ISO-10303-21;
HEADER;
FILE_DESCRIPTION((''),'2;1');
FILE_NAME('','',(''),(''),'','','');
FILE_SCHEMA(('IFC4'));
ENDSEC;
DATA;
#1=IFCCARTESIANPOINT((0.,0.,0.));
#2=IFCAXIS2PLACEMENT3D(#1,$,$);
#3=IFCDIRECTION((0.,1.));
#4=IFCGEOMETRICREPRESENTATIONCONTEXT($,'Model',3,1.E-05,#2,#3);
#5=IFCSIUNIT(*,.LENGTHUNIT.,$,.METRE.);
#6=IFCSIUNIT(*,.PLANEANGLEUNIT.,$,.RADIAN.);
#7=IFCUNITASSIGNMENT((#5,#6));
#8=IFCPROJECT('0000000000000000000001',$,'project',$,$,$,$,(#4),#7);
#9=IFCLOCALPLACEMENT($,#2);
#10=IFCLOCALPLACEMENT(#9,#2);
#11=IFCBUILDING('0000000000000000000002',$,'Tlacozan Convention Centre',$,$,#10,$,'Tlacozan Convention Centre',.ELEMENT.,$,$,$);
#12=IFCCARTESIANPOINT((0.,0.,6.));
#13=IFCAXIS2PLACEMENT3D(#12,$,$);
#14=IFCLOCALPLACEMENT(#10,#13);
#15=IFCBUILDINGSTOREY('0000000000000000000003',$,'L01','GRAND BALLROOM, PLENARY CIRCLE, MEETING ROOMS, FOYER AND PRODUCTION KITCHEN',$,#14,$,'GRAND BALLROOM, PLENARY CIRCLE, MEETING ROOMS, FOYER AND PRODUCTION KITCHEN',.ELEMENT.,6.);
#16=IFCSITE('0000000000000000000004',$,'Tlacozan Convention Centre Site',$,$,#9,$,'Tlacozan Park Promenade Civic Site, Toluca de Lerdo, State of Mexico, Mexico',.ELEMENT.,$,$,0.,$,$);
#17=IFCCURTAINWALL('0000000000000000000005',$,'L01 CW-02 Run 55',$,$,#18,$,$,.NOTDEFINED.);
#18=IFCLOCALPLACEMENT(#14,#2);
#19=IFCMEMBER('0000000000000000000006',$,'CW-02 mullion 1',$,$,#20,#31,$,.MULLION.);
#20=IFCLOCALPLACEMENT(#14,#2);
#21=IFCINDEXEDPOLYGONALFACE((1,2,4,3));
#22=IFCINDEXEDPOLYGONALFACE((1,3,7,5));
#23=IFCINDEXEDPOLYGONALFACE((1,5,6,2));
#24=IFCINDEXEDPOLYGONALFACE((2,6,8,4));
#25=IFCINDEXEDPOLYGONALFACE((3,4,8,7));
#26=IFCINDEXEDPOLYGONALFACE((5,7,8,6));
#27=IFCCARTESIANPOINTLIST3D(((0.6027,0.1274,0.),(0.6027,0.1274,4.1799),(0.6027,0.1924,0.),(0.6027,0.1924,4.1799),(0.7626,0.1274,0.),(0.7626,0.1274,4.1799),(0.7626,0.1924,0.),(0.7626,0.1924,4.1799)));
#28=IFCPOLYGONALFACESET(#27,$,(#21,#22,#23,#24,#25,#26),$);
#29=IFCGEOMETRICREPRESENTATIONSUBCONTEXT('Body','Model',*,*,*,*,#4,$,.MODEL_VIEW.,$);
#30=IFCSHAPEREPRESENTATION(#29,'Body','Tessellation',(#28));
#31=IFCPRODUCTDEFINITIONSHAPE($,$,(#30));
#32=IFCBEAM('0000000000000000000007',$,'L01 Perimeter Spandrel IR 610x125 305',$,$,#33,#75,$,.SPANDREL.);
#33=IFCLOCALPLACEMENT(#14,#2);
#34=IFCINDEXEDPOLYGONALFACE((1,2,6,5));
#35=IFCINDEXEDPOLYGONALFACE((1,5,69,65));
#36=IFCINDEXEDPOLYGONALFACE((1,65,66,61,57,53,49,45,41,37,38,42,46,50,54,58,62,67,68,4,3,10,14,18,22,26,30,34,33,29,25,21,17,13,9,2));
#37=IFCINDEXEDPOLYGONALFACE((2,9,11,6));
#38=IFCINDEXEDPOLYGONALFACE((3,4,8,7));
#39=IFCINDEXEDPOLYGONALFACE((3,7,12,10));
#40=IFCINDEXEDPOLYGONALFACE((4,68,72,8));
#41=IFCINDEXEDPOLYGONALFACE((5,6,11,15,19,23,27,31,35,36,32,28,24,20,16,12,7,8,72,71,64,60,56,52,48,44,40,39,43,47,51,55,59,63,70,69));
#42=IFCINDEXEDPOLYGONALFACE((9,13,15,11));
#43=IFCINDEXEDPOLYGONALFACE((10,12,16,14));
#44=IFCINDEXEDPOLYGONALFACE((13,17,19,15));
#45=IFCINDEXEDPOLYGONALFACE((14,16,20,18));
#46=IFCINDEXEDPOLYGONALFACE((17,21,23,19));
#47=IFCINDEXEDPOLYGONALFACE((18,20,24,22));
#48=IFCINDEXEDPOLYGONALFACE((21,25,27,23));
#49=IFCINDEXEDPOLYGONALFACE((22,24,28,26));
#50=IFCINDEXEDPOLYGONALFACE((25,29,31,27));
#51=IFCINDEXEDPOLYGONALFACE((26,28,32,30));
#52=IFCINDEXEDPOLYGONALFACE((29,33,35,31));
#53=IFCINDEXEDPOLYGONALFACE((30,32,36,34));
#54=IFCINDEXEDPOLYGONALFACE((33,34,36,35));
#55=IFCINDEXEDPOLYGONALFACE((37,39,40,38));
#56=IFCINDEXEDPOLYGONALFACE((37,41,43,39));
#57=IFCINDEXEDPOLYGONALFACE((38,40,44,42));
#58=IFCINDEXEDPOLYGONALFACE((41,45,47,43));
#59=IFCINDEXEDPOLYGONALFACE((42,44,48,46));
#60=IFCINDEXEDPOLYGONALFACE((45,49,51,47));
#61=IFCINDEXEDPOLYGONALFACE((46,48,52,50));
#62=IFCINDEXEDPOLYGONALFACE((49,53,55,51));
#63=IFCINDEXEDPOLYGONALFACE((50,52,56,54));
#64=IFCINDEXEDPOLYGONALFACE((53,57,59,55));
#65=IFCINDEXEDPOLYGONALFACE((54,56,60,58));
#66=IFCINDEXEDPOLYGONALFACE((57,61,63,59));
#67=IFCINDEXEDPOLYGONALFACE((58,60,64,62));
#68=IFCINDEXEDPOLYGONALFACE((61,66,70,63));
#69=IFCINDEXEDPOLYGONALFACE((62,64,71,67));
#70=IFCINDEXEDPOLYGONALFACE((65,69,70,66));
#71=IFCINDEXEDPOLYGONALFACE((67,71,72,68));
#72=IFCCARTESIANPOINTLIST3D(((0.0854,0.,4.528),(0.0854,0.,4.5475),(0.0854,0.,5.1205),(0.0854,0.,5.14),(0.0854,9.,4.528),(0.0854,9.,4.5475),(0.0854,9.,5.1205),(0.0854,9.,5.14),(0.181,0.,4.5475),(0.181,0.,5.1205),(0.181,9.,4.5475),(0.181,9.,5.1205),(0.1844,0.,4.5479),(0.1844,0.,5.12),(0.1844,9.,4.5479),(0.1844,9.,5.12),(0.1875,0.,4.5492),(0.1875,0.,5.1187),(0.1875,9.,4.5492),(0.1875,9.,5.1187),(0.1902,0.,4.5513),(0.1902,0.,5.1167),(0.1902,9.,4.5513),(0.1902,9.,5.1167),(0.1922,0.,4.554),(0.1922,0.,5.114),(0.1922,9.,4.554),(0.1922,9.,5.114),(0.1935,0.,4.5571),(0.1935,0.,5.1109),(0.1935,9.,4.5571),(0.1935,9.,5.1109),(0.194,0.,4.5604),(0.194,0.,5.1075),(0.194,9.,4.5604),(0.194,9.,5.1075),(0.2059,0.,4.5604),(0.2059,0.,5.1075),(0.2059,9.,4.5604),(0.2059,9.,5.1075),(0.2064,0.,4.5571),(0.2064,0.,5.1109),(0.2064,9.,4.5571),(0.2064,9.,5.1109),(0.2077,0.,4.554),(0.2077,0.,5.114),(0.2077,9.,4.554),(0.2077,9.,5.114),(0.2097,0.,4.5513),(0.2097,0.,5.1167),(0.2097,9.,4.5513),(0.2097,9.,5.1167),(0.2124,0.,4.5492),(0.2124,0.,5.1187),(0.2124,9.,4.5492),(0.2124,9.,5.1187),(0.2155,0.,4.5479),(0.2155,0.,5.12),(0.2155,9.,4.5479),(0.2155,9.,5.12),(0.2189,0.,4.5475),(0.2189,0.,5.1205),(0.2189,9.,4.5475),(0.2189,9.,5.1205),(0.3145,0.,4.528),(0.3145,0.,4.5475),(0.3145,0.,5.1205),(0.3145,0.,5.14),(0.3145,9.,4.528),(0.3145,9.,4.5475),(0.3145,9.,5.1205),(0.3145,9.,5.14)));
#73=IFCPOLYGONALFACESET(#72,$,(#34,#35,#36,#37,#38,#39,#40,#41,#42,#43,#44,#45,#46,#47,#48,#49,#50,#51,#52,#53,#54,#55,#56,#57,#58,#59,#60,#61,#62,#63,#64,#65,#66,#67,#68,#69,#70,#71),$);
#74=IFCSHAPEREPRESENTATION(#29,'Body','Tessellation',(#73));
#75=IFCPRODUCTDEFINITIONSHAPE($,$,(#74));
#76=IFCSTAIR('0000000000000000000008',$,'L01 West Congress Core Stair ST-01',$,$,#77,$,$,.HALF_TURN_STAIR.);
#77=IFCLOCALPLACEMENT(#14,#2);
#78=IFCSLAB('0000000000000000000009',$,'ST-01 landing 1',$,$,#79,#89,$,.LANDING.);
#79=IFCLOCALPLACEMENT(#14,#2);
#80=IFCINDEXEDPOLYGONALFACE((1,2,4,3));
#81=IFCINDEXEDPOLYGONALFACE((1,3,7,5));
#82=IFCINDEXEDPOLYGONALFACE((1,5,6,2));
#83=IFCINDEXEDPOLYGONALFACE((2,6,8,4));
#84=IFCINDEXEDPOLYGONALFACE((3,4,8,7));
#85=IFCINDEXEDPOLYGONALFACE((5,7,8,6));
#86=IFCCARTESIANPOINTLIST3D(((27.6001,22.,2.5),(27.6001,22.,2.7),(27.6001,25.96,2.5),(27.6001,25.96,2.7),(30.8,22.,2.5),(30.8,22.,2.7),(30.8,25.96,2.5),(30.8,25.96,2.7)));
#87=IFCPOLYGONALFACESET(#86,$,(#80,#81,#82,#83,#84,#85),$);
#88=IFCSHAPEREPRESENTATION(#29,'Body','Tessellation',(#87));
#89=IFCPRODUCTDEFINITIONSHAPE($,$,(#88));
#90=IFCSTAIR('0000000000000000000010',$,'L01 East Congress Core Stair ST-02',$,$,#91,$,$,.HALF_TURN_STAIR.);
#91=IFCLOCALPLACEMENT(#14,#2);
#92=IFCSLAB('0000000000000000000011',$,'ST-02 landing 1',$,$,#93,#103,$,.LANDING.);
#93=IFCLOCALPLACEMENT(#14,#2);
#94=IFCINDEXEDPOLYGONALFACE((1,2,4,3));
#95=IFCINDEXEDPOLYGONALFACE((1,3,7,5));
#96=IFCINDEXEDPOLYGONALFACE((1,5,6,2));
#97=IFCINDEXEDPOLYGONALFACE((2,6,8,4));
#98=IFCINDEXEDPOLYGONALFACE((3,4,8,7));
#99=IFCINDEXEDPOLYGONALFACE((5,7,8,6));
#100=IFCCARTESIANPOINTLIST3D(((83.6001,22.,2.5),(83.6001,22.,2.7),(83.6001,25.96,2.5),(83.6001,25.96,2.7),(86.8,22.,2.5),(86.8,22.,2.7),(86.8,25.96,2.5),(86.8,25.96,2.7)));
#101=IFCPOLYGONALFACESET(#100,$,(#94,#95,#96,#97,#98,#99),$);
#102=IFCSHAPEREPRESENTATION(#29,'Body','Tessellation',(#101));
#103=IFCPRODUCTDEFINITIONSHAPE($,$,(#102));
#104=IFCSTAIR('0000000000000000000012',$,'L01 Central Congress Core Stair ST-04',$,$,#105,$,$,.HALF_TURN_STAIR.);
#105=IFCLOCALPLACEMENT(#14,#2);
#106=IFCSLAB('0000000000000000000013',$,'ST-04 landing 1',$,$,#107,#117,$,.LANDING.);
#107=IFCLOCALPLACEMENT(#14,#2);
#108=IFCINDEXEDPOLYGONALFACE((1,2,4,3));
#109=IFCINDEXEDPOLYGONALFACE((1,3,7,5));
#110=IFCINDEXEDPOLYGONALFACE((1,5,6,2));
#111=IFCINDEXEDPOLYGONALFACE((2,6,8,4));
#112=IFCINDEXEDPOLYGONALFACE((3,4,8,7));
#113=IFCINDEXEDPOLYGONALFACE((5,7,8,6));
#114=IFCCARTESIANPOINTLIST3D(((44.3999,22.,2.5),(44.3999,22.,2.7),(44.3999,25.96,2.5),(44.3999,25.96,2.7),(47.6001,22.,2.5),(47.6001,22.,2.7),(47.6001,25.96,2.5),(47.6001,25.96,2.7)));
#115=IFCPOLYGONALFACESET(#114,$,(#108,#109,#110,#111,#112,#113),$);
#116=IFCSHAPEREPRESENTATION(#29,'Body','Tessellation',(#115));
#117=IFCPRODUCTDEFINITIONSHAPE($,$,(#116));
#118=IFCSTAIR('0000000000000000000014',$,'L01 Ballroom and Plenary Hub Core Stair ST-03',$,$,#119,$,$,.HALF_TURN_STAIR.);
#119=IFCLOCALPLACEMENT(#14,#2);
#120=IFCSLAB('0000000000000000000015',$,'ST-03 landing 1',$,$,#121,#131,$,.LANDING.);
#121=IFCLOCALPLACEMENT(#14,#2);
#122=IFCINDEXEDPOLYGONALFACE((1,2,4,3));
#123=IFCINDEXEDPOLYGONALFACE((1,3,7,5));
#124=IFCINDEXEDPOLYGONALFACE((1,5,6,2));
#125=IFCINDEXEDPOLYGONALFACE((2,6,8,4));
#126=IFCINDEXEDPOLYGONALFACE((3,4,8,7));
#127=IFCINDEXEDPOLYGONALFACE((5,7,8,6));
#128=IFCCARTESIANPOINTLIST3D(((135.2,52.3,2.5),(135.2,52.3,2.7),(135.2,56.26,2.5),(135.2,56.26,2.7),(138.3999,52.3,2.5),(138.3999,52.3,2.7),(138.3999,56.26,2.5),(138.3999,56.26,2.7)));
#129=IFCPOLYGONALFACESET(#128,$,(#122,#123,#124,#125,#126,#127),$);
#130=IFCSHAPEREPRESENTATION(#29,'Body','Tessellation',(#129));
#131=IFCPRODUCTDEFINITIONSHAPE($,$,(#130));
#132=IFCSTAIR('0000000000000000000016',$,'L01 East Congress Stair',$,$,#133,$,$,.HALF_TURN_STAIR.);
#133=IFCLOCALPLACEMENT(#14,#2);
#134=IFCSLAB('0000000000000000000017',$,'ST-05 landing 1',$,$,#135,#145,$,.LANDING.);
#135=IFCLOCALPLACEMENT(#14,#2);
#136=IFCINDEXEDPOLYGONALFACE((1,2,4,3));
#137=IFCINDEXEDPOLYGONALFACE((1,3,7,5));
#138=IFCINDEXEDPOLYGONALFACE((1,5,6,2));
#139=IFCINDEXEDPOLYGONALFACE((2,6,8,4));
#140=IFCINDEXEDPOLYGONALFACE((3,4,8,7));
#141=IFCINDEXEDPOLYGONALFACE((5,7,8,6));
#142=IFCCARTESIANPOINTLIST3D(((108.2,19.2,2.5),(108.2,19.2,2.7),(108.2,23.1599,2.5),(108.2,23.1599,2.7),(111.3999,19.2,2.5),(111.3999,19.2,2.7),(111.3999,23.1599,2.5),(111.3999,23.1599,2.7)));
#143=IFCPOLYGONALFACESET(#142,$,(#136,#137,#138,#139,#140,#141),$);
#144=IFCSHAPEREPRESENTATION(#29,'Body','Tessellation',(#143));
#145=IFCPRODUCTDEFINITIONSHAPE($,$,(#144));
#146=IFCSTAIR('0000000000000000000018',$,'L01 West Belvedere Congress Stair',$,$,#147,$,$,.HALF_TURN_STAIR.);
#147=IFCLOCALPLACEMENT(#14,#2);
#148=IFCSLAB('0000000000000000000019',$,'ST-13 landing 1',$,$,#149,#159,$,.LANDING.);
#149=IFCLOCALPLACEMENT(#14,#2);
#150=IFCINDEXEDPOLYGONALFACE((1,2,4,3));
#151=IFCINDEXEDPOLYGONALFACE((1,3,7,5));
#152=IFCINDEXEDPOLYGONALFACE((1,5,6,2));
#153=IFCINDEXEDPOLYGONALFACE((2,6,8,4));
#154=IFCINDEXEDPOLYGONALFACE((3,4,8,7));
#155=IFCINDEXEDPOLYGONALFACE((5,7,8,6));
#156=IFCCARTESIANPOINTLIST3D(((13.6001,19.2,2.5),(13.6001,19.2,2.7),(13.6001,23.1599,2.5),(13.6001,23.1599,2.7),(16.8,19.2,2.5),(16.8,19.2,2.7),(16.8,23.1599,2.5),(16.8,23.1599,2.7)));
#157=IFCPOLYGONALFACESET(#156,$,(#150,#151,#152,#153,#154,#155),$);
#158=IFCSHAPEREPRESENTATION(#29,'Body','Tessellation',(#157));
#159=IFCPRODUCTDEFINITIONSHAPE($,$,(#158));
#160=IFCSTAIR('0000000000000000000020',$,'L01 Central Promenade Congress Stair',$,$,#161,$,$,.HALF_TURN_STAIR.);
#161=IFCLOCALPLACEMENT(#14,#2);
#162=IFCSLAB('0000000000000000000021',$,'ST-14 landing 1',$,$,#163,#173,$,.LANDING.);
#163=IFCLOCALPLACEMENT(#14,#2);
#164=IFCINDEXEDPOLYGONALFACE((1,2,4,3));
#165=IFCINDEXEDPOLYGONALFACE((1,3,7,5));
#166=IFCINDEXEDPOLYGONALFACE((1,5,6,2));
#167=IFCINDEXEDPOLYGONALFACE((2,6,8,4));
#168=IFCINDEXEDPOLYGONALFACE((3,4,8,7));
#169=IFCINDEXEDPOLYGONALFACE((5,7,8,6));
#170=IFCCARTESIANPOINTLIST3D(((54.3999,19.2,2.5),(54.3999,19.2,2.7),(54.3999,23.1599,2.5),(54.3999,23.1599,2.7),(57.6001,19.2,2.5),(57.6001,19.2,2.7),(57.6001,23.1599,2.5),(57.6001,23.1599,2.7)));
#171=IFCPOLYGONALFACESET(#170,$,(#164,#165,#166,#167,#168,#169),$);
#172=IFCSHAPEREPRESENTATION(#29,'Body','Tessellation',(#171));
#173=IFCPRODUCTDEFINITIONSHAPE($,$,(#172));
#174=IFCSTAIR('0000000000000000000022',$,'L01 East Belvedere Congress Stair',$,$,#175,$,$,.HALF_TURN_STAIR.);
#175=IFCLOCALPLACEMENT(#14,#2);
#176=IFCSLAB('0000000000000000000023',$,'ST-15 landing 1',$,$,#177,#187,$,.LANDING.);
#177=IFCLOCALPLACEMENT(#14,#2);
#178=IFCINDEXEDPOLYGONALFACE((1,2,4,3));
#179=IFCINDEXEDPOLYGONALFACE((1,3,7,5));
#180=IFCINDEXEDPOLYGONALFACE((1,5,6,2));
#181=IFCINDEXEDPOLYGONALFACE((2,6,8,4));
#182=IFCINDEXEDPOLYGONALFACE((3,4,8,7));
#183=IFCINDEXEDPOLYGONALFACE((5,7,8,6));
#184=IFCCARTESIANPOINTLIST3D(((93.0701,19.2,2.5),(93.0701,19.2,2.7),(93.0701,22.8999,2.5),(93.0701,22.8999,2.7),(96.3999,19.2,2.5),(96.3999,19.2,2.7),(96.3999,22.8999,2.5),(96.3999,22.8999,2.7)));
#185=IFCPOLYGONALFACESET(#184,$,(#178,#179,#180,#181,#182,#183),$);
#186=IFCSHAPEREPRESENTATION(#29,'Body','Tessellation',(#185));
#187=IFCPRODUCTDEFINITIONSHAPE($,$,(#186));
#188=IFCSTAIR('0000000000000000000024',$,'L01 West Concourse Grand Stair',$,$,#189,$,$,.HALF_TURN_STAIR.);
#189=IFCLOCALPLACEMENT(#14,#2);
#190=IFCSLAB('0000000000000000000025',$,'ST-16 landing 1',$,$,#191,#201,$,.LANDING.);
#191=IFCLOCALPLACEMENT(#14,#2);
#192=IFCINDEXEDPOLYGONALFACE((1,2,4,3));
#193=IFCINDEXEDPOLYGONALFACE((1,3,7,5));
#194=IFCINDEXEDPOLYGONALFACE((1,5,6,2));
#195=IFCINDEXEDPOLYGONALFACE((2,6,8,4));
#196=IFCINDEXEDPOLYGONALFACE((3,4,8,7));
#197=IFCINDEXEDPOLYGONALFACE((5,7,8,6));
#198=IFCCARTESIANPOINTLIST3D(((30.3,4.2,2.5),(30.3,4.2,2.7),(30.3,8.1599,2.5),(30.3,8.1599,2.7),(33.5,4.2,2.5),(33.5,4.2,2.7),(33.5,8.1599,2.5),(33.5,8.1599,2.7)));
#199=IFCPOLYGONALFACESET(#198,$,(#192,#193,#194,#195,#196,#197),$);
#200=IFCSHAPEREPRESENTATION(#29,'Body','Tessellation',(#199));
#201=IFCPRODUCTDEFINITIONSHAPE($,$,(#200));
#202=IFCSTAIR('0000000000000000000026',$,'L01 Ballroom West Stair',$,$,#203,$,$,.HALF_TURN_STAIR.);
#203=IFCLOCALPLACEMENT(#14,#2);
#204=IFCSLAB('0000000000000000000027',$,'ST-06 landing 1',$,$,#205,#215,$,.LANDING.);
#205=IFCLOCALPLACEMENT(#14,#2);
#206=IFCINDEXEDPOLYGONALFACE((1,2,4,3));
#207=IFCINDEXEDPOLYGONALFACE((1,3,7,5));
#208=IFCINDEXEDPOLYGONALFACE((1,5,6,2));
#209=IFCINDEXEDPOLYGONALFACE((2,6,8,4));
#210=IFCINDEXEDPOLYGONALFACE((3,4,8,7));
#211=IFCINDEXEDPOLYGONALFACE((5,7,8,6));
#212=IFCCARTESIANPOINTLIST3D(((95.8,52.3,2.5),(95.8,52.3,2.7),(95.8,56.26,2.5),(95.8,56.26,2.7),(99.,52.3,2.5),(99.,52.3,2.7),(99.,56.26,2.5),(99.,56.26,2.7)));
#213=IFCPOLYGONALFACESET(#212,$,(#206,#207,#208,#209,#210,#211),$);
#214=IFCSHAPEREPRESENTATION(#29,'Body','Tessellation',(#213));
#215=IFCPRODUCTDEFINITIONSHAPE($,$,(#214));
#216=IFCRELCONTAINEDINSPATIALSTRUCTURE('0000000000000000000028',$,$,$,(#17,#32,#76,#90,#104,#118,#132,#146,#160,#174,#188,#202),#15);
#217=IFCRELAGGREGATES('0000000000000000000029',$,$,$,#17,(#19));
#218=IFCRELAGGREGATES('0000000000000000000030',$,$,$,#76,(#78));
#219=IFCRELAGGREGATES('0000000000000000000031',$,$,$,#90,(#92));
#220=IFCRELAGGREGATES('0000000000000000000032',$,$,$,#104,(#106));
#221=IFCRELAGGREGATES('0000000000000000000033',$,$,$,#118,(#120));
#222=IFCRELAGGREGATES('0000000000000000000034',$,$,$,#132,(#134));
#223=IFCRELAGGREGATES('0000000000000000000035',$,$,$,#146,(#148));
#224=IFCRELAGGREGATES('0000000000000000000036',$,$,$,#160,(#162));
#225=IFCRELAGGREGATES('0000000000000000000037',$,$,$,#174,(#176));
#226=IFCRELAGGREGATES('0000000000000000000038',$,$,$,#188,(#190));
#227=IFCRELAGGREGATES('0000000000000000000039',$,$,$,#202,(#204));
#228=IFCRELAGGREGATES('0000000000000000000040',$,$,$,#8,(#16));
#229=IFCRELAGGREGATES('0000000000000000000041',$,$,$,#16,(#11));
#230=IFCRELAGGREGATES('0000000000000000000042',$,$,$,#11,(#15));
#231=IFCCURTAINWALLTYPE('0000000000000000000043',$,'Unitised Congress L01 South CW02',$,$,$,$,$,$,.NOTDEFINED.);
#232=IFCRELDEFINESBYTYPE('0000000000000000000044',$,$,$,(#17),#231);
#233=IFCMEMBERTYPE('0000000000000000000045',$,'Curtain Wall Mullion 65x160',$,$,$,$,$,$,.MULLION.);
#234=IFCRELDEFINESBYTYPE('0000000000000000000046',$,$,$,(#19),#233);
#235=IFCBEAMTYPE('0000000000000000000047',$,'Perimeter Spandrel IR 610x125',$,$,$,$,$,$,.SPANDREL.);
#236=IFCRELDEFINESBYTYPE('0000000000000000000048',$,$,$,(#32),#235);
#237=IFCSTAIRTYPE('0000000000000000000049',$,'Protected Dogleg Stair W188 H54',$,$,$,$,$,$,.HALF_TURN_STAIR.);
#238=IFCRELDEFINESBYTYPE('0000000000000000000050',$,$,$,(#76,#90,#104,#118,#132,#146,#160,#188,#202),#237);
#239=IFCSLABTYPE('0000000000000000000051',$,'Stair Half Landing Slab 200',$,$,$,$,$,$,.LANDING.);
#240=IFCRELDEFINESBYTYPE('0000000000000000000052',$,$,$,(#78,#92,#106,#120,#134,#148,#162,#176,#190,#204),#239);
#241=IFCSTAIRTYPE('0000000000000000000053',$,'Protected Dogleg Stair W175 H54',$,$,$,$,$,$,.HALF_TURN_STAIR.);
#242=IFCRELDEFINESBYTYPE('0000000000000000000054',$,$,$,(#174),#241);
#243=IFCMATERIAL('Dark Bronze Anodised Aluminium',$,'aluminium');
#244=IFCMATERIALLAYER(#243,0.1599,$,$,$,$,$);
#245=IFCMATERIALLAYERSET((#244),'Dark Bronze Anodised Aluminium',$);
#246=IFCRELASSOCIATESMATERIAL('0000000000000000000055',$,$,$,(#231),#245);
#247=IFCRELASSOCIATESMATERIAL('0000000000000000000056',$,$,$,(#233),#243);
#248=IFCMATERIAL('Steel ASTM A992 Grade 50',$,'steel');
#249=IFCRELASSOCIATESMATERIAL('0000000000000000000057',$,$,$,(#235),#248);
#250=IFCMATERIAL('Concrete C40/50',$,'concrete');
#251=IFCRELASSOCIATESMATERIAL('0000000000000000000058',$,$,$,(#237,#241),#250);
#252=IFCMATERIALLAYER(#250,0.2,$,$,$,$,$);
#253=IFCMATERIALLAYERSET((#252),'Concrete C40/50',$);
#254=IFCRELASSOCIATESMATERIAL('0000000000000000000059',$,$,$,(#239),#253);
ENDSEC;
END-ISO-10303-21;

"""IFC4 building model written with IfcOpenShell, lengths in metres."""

from ifc_helpers import new_model, si_unit, direction, frame, origin, origin_2d, place, context, subcontext, project, spatial, polyline, rectangle, i_section, outline, extrude, material, layer, layer_set, material_profile, profile_set, type_object, element, aggregate, save


model = new_model("IFC4")

# Units and contexts
model_context = context("Model", 3, precision=1e-05, world=origin(), true_north=direction((0.0, 1.0)))
body_context = subcontext(model_context, "Body", "Model", "MODEL_VIEW")
ifc_project = project(units=[si_unit("LENGTHUNIT", "METRE"), si_unit("PLANEANGLEUNIT", "RADIAN")], contexts=[model_context])

# Site, building, storey
site_placement = place(None, origin())
site = spatial("IfcSite", under=ifc_project, at=site_placement, Name="Tlacozan Convention Centre Site", LongName="Tlacozan Park Promenade Civic Site, Toluca de Lerdo, State of Mexico, Mexico", CompositionType="ELEMENT", RefElevation=0.0)
building_placement = place(site_placement, origin())
building = spatial("IfcBuilding", under=site, at=building_placement, Name="Tlacozan Convention Centre", LongName="Tlacozan Convention Centre", CompositionType="ELEMENT")
storey_placement = place(building_placement, frame((0.0, 0.0, 6.0)))
storey = spatial("IfcBuildingStorey", under=building, at=storey_placement, Name="L01", Description="GRAND BALLROOM, PLENARY CIRCLE, MEETING ROOMS, FOYER AND PRODUCTION KITCHEN", LongName="GRAND BALLROOM, PLENARY CIRCLE, MEETING ROOMS, FOYER AND PRODUCTION KITCHEN", CompositionType="ELEMENT", Elevation=6.0)

# Curtain wall, member
ifc_material_1 = material(Name="Dark Bronze Anodised Aluminium", Category="aluminium")
ifc_layer_1 = layer(ifc_material_1, 0.1599)
ifc_layer_set_1 = layer_set([ifc_layer_1], Name="Dark Bronze Anodised Aluminium")
curtain_wall_type = type_object("IfcCurtainWallType", Name="Unitised Congress L01 South CW02", PredefinedType="NOTDEFINED", material=ifc_layer_set_1)
curtain_wall_placement = place(storey_placement, origin())
curtain_wall = element("IfcCurtainWall", 1, at=curtain_wall_placement, inside=storey, type_object=curtain_wall_type, Name="L01 CW-02 Run 55", PredefinedType="NOTDEFINED")
ifc_material_profile_1 = material_profile(ifc_material_1, rectangle(XDim=0.0649, YDim=0.1599, at=origin_2d()), Name="ALU 65x160")
ifc_profile_set_1 = profile_set([ifc_material_profile_1], Name="Dark Bronze Anodised Aluminium")
member_type = type_object("IfcMemberType", Name="Curtain Wall Mullion 65x160", PredefinedType="MULLION", material=ifc_profile_set_1)
member_placement = place(storey_placement, frame((0.6826, 0.1599, 0.0), z_axis=(0.0, 0.0, 1.0), x_axis=(0.0, 1.0, 0.0)))
member = element("IfcMember", 2, at=member_placement, type_object=member_type, Name="CW-02 mullion 1", PredefinedType="MULLION", context=body_context, shape_type="SweptSolid", body=[
    extrude(rectangle(XDim=0.0649, YDim=0.1599, at=origin_2d()), origin(), (0.0, 0.0, 1.0), 4.1799),
])
aggregate(curtain_wall, [member])

# Beam
ifc_material_2 = material(Name="Steel ASTM A992 Grade 50", Category="steel")
ifc_material_profile_2 = material_profile(ifc_material_2, i_section(OverallWidth=0.229, OverallDepth=0.6121, WebThickness=0.012, FlangeThickness=0.0195, FilletRadius=0.0129, at=origin_2d()), Name="IR 610x125.0")
ifc_profile_set_2 = profile_set([ifc_material_profile_2], Name="Steel ASTM A992 Grade 50")
beam_type = type_object("IfcBeamType", Name="Perimeter Spandrel IR 610x125", PredefinedType="SPANDREL", material=ifc_profile_set_2)
beam_placement = place(storey_placement, frame((0.2, 0.0, 4.834), z_axis=(0.0, 1.0, 0.0), x_axis=(-1.0, 0.0, 0.0)))
element("IfcBeam", 3, at=beam_placement, inside=storey, type_object=beam_type, Name="L01 Perimeter Spandrel IR 610x125 305", PredefinedType="SPANDREL", context=body_context, shape_type="SweptSolid", body=[
    extrude(i_section(OverallWidth=0.229, OverallDepth=0.6121, WebThickness=0.012, FlangeThickness=0.0195, FilletRadius=0.0129, at=origin_2d()), origin(), (0.0, 0.0, 1.0), 9.0),
])

# Stairs, slabs
ifc_material_3 = material(Name="Concrete C40/50", Category="concrete")
stair_type_1 = type_object("IfcStairType", Name="Protected Dogleg Stair W188 H54", PredefinedType="HALF_TURN_STAIR", material=ifc_material_3)
stair_1_placement = place(storey_placement, origin())
stair_1 = element("IfcStair", 4, at=stair_1_placement, inside=storey, type_object=stair_type_1, Name="L01 West Congress Core Stair ST-01", PredefinedType="HALF_TURN_STAIR")
ifc_layer_2 = layer(ifc_material_3, 0.2)
ifc_layer_set_2 = layer_set([ifc_layer_2], Name="Concrete C40/50")
slab_type = type_object("IfcSlabType", Name="Stair Half Landing Slab 200", PredefinedType="LANDING", material=ifc_layer_set_2)
slab_1_placement = place(storey_placement, frame((0.0, 0.0, 2.5)))
slab_1 = element("IfcSlab", 5, at=slab_1_placement, type_object=slab_type, Name="ST-01 landing 1", PredefinedType="LANDING", context=body_context, shape_type="SweptSolid", body=[
    extrude(outline(polyline([(27.6001, 22.0), (30.8, 22.0), (30.8, 25.96), (27.6001, 25.96), (27.6001, 22.0)])), origin(), (0.0, 0.0, 1.0), 0.2),
])
aggregate(stair_1, [slab_1])
stair_2_placement = place(storey_placement, origin())
stair_2 = element("IfcStair", 6, at=stair_2_placement, inside=storey, type_object=stair_type_1, Name="L01 East Congress Core Stair ST-02", PredefinedType="HALF_TURN_STAIR")
slab_2_placement = place(storey_placement, frame((0.0, 0.0, 2.5)))
slab_2 = element("IfcSlab", 7, at=slab_2_placement, type_object=slab_type, Name="ST-02 landing 1", PredefinedType="LANDING", context=body_context, shape_type="SweptSolid", body=[
    extrude(outline(polyline([(83.6001, 22.0), (86.8, 22.0), (86.8, 25.96), (83.6001, 25.96), (83.6001, 22.0)])), origin(), (0.0, 0.0, 1.0), 0.2),
])
aggregate(stair_2, [slab_2])
stair_3_placement = place(storey_placement, origin())
stair_3 = element("IfcStair", 8, at=stair_3_placement, inside=storey, type_object=stair_type_1, Name="L01 Central Congress Core Stair ST-04", PredefinedType="HALF_TURN_STAIR")
slab_3_placement = place(storey_placement, frame((0.0, 0.0, 2.5)))
slab_3 = element("IfcSlab", 9, at=slab_3_placement, type_object=slab_type, Name="ST-04 landing 1", PredefinedType="LANDING", context=body_context, shape_type="SweptSolid", body=[
    extrude(outline(polyline([(44.3999, 22.0), (47.6001, 22.0), (47.6001, 25.96), (44.3999, 25.96), (44.3999, 22.0)])), origin(), (0.0, 0.0, 1.0), 0.2),
])
aggregate(stair_3, [slab_3])
stair_4_placement = place(storey_placement, origin())
stair_4 = element("IfcStair", 10, at=stair_4_placement, inside=storey, type_object=stair_type_1, Name="L01 Ballroom and Plenary Hub Core Stair ST-03", PredefinedType="HALF_TURN_STAIR")
slab_4_placement = place(storey_placement, frame((0.0, 0.0, 2.5)))
slab_4 = element("IfcSlab", 11, at=slab_4_placement, type_object=slab_type, Name="ST-03 landing 1", PredefinedType="LANDING", context=body_context, shape_type="SweptSolid", body=[
    extrude(outline(polyline([(135.2, 52.3), (138.3999, 52.3), (138.3999, 56.26), (135.2, 56.26), (135.2, 52.3)])), origin(), (0.0, 0.0, 1.0), 0.2),
])
aggregate(stair_4, [slab_4])
stair_5_placement = place(storey_placement, origin())
stair_5 = element("IfcStair", 12, at=stair_5_placement, inside=storey, type_object=stair_type_1, Name="L01 East Congress Stair", PredefinedType="HALF_TURN_STAIR")
slab_5_placement = place(storey_placement, frame((0.0, 0.0, 2.5)))
slab_5 = element("IfcSlab", 13, at=slab_5_placement, type_object=slab_type, Name="ST-05 landing 1", PredefinedType="LANDING", context=body_context, shape_type="SweptSolid", body=[
    extrude(outline(polyline([(108.2, 19.2), (111.3999, 19.2), (111.3999, 23.1599), (108.2, 23.1599), (108.2, 19.2)])), origin(), (0.0, 0.0, 1.0), 0.2),
])
aggregate(stair_5, [slab_5])
stair_6_placement = place(storey_placement, origin())
stair_6 = element("IfcStair", 14, at=stair_6_placement, inside=storey, type_object=stair_type_1, Name="L01 West Belvedere Congress Stair", PredefinedType="HALF_TURN_STAIR")
slab_6_placement = place(storey_placement, frame((0.0, 0.0, 2.5)))
slab_6 = element("IfcSlab", 15, at=slab_6_placement, type_object=slab_type, Name="ST-13 landing 1", PredefinedType="LANDING", context=body_context, shape_type="SweptSolid", body=[
    extrude(outline(polyline([(13.6001, 19.2), (16.8, 19.2), (16.8, 23.1599), (13.6001, 23.1599), (13.6001, 19.2)])), origin(), (0.0, 0.0, 1.0), 0.2),
])
aggregate(stair_6, [slab_6])
stair_7_placement = place(storey_placement, origin())
stair_7 = element("IfcStair", 16, at=stair_7_placement, inside=storey, type_object=stair_type_1, Name="L01 Central Promenade Congress Stair", PredefinedType="HALF_TURN_STAIR")
slab_7_placement = place(storey_placement, frame((0.0, 0.0, 2.5)))
slab_7 = element("IfcSlab", 17, at=slab_7_placement, type_object=slab_type, Name="ST-14 landing 1", PredefinedType="LANDING", context=body_context, shape_type="SweptSolid", body=[
    extrude(outline(polyline([(54.3999, 19.2), (57.6001, 19.2), (57.6001, 23.1599), (54.3999, 23.1599), (54.3999, 19.2)])), origin(), (0.0, 0.0, 1.0), 0.2),
])
aggregate(stair_7, [slab_7])
stair_type_2 = type_object("IfcStairType", Name="Protected Dogleg Stair W175 H54", PredefinedType="HALF_TURN_STAIR", material=ifc_material_3)
stair_8_placement = place(storey_placement, origin())
stair_8 = element("IfcStair", 18, at=stair_8_placement, inside=storey, type_object=stair_type_2, Name="L01 East Belvedere Congress Stair", PredefinedType="HALF_TURN_STAIR")
slab_8_placement = place(storey_placement, frame((0.0, 0.0, 2.5)))
slab_8 = element("IfcSlab", 19, at=slab_8_placement, type_object=slab_type, Name="ST-15 landing 1", PredefinedType="LANDING", context=body_context, shape_type="SweptSolid", body=[
    extrude(outline(polyline([(93.0701, 19.2), (96.3999, 19.2), (96.3999, 22.8999), (93.0701, 22.8999), (93.0701, 19.2)])), origin(), (0.0, 0.0, 1.0), 0.2),
])
aggregate(stair_8, [slab_8])
stair_9_placement = place(storey_placement, origin())
stair_9 = element("IfcStair", 20, at=stair_9_placement, inside=storey, type_object=stair_type_1, Name="L01 West Concourse Grand Stair", PredefinedType="HALF_TURN_STAIR")
slab_9_placement = place(storey_placement, frame((0.0, 0.0, 2.5)))
slab_9 = element("IfcSlab", 21, at=slab_9_placement, type_object=slab_type, Name="ST-16 landing 1", PredefinedType="LANDING", context=body_context, shape_type="SweptSolid", body=[
    extrude(outline(polyline([(30.3, 4.2), (33.5, 4.2), (33.5, 8.1599), (30.3, 8.1599), (30.3, 4.2)])), origin(), (0.0, 0.0, 1.0), 0.2),
])
aggregate(stair_9, [slab_9])
stair_10_placement = place(storey_placement, origin())
stair_10 = element("IfcStair", 22, at=stair_10_placement, inside=storey, type_object=stair_type_1, Name="L01 Ballroom West Stair", PredefinedType="HALF_TURN_STAIR")
slab_10_placement = place(storey_placement, frame((0.0, 0.0, 2.5)))
slab_10 = element("IfcSlab", 23, at=slab_10_placement, type_object=slab_type, Name="ST-06 landing 1", PredefinedType="LANDING", context=body_context, shape_type="SweptSolid", body=[
    extrude(outline(polyline([(95.8, 52.3), (99.0, 52.3), (99.0, 56.26), (95.8, 56.26), (95.8, 52.3)])), origin(), (0.0, 0.0, 1.0), 0.2),
])
aggregate(stair_10, [slab_10])

save(model, "model.ifc")
